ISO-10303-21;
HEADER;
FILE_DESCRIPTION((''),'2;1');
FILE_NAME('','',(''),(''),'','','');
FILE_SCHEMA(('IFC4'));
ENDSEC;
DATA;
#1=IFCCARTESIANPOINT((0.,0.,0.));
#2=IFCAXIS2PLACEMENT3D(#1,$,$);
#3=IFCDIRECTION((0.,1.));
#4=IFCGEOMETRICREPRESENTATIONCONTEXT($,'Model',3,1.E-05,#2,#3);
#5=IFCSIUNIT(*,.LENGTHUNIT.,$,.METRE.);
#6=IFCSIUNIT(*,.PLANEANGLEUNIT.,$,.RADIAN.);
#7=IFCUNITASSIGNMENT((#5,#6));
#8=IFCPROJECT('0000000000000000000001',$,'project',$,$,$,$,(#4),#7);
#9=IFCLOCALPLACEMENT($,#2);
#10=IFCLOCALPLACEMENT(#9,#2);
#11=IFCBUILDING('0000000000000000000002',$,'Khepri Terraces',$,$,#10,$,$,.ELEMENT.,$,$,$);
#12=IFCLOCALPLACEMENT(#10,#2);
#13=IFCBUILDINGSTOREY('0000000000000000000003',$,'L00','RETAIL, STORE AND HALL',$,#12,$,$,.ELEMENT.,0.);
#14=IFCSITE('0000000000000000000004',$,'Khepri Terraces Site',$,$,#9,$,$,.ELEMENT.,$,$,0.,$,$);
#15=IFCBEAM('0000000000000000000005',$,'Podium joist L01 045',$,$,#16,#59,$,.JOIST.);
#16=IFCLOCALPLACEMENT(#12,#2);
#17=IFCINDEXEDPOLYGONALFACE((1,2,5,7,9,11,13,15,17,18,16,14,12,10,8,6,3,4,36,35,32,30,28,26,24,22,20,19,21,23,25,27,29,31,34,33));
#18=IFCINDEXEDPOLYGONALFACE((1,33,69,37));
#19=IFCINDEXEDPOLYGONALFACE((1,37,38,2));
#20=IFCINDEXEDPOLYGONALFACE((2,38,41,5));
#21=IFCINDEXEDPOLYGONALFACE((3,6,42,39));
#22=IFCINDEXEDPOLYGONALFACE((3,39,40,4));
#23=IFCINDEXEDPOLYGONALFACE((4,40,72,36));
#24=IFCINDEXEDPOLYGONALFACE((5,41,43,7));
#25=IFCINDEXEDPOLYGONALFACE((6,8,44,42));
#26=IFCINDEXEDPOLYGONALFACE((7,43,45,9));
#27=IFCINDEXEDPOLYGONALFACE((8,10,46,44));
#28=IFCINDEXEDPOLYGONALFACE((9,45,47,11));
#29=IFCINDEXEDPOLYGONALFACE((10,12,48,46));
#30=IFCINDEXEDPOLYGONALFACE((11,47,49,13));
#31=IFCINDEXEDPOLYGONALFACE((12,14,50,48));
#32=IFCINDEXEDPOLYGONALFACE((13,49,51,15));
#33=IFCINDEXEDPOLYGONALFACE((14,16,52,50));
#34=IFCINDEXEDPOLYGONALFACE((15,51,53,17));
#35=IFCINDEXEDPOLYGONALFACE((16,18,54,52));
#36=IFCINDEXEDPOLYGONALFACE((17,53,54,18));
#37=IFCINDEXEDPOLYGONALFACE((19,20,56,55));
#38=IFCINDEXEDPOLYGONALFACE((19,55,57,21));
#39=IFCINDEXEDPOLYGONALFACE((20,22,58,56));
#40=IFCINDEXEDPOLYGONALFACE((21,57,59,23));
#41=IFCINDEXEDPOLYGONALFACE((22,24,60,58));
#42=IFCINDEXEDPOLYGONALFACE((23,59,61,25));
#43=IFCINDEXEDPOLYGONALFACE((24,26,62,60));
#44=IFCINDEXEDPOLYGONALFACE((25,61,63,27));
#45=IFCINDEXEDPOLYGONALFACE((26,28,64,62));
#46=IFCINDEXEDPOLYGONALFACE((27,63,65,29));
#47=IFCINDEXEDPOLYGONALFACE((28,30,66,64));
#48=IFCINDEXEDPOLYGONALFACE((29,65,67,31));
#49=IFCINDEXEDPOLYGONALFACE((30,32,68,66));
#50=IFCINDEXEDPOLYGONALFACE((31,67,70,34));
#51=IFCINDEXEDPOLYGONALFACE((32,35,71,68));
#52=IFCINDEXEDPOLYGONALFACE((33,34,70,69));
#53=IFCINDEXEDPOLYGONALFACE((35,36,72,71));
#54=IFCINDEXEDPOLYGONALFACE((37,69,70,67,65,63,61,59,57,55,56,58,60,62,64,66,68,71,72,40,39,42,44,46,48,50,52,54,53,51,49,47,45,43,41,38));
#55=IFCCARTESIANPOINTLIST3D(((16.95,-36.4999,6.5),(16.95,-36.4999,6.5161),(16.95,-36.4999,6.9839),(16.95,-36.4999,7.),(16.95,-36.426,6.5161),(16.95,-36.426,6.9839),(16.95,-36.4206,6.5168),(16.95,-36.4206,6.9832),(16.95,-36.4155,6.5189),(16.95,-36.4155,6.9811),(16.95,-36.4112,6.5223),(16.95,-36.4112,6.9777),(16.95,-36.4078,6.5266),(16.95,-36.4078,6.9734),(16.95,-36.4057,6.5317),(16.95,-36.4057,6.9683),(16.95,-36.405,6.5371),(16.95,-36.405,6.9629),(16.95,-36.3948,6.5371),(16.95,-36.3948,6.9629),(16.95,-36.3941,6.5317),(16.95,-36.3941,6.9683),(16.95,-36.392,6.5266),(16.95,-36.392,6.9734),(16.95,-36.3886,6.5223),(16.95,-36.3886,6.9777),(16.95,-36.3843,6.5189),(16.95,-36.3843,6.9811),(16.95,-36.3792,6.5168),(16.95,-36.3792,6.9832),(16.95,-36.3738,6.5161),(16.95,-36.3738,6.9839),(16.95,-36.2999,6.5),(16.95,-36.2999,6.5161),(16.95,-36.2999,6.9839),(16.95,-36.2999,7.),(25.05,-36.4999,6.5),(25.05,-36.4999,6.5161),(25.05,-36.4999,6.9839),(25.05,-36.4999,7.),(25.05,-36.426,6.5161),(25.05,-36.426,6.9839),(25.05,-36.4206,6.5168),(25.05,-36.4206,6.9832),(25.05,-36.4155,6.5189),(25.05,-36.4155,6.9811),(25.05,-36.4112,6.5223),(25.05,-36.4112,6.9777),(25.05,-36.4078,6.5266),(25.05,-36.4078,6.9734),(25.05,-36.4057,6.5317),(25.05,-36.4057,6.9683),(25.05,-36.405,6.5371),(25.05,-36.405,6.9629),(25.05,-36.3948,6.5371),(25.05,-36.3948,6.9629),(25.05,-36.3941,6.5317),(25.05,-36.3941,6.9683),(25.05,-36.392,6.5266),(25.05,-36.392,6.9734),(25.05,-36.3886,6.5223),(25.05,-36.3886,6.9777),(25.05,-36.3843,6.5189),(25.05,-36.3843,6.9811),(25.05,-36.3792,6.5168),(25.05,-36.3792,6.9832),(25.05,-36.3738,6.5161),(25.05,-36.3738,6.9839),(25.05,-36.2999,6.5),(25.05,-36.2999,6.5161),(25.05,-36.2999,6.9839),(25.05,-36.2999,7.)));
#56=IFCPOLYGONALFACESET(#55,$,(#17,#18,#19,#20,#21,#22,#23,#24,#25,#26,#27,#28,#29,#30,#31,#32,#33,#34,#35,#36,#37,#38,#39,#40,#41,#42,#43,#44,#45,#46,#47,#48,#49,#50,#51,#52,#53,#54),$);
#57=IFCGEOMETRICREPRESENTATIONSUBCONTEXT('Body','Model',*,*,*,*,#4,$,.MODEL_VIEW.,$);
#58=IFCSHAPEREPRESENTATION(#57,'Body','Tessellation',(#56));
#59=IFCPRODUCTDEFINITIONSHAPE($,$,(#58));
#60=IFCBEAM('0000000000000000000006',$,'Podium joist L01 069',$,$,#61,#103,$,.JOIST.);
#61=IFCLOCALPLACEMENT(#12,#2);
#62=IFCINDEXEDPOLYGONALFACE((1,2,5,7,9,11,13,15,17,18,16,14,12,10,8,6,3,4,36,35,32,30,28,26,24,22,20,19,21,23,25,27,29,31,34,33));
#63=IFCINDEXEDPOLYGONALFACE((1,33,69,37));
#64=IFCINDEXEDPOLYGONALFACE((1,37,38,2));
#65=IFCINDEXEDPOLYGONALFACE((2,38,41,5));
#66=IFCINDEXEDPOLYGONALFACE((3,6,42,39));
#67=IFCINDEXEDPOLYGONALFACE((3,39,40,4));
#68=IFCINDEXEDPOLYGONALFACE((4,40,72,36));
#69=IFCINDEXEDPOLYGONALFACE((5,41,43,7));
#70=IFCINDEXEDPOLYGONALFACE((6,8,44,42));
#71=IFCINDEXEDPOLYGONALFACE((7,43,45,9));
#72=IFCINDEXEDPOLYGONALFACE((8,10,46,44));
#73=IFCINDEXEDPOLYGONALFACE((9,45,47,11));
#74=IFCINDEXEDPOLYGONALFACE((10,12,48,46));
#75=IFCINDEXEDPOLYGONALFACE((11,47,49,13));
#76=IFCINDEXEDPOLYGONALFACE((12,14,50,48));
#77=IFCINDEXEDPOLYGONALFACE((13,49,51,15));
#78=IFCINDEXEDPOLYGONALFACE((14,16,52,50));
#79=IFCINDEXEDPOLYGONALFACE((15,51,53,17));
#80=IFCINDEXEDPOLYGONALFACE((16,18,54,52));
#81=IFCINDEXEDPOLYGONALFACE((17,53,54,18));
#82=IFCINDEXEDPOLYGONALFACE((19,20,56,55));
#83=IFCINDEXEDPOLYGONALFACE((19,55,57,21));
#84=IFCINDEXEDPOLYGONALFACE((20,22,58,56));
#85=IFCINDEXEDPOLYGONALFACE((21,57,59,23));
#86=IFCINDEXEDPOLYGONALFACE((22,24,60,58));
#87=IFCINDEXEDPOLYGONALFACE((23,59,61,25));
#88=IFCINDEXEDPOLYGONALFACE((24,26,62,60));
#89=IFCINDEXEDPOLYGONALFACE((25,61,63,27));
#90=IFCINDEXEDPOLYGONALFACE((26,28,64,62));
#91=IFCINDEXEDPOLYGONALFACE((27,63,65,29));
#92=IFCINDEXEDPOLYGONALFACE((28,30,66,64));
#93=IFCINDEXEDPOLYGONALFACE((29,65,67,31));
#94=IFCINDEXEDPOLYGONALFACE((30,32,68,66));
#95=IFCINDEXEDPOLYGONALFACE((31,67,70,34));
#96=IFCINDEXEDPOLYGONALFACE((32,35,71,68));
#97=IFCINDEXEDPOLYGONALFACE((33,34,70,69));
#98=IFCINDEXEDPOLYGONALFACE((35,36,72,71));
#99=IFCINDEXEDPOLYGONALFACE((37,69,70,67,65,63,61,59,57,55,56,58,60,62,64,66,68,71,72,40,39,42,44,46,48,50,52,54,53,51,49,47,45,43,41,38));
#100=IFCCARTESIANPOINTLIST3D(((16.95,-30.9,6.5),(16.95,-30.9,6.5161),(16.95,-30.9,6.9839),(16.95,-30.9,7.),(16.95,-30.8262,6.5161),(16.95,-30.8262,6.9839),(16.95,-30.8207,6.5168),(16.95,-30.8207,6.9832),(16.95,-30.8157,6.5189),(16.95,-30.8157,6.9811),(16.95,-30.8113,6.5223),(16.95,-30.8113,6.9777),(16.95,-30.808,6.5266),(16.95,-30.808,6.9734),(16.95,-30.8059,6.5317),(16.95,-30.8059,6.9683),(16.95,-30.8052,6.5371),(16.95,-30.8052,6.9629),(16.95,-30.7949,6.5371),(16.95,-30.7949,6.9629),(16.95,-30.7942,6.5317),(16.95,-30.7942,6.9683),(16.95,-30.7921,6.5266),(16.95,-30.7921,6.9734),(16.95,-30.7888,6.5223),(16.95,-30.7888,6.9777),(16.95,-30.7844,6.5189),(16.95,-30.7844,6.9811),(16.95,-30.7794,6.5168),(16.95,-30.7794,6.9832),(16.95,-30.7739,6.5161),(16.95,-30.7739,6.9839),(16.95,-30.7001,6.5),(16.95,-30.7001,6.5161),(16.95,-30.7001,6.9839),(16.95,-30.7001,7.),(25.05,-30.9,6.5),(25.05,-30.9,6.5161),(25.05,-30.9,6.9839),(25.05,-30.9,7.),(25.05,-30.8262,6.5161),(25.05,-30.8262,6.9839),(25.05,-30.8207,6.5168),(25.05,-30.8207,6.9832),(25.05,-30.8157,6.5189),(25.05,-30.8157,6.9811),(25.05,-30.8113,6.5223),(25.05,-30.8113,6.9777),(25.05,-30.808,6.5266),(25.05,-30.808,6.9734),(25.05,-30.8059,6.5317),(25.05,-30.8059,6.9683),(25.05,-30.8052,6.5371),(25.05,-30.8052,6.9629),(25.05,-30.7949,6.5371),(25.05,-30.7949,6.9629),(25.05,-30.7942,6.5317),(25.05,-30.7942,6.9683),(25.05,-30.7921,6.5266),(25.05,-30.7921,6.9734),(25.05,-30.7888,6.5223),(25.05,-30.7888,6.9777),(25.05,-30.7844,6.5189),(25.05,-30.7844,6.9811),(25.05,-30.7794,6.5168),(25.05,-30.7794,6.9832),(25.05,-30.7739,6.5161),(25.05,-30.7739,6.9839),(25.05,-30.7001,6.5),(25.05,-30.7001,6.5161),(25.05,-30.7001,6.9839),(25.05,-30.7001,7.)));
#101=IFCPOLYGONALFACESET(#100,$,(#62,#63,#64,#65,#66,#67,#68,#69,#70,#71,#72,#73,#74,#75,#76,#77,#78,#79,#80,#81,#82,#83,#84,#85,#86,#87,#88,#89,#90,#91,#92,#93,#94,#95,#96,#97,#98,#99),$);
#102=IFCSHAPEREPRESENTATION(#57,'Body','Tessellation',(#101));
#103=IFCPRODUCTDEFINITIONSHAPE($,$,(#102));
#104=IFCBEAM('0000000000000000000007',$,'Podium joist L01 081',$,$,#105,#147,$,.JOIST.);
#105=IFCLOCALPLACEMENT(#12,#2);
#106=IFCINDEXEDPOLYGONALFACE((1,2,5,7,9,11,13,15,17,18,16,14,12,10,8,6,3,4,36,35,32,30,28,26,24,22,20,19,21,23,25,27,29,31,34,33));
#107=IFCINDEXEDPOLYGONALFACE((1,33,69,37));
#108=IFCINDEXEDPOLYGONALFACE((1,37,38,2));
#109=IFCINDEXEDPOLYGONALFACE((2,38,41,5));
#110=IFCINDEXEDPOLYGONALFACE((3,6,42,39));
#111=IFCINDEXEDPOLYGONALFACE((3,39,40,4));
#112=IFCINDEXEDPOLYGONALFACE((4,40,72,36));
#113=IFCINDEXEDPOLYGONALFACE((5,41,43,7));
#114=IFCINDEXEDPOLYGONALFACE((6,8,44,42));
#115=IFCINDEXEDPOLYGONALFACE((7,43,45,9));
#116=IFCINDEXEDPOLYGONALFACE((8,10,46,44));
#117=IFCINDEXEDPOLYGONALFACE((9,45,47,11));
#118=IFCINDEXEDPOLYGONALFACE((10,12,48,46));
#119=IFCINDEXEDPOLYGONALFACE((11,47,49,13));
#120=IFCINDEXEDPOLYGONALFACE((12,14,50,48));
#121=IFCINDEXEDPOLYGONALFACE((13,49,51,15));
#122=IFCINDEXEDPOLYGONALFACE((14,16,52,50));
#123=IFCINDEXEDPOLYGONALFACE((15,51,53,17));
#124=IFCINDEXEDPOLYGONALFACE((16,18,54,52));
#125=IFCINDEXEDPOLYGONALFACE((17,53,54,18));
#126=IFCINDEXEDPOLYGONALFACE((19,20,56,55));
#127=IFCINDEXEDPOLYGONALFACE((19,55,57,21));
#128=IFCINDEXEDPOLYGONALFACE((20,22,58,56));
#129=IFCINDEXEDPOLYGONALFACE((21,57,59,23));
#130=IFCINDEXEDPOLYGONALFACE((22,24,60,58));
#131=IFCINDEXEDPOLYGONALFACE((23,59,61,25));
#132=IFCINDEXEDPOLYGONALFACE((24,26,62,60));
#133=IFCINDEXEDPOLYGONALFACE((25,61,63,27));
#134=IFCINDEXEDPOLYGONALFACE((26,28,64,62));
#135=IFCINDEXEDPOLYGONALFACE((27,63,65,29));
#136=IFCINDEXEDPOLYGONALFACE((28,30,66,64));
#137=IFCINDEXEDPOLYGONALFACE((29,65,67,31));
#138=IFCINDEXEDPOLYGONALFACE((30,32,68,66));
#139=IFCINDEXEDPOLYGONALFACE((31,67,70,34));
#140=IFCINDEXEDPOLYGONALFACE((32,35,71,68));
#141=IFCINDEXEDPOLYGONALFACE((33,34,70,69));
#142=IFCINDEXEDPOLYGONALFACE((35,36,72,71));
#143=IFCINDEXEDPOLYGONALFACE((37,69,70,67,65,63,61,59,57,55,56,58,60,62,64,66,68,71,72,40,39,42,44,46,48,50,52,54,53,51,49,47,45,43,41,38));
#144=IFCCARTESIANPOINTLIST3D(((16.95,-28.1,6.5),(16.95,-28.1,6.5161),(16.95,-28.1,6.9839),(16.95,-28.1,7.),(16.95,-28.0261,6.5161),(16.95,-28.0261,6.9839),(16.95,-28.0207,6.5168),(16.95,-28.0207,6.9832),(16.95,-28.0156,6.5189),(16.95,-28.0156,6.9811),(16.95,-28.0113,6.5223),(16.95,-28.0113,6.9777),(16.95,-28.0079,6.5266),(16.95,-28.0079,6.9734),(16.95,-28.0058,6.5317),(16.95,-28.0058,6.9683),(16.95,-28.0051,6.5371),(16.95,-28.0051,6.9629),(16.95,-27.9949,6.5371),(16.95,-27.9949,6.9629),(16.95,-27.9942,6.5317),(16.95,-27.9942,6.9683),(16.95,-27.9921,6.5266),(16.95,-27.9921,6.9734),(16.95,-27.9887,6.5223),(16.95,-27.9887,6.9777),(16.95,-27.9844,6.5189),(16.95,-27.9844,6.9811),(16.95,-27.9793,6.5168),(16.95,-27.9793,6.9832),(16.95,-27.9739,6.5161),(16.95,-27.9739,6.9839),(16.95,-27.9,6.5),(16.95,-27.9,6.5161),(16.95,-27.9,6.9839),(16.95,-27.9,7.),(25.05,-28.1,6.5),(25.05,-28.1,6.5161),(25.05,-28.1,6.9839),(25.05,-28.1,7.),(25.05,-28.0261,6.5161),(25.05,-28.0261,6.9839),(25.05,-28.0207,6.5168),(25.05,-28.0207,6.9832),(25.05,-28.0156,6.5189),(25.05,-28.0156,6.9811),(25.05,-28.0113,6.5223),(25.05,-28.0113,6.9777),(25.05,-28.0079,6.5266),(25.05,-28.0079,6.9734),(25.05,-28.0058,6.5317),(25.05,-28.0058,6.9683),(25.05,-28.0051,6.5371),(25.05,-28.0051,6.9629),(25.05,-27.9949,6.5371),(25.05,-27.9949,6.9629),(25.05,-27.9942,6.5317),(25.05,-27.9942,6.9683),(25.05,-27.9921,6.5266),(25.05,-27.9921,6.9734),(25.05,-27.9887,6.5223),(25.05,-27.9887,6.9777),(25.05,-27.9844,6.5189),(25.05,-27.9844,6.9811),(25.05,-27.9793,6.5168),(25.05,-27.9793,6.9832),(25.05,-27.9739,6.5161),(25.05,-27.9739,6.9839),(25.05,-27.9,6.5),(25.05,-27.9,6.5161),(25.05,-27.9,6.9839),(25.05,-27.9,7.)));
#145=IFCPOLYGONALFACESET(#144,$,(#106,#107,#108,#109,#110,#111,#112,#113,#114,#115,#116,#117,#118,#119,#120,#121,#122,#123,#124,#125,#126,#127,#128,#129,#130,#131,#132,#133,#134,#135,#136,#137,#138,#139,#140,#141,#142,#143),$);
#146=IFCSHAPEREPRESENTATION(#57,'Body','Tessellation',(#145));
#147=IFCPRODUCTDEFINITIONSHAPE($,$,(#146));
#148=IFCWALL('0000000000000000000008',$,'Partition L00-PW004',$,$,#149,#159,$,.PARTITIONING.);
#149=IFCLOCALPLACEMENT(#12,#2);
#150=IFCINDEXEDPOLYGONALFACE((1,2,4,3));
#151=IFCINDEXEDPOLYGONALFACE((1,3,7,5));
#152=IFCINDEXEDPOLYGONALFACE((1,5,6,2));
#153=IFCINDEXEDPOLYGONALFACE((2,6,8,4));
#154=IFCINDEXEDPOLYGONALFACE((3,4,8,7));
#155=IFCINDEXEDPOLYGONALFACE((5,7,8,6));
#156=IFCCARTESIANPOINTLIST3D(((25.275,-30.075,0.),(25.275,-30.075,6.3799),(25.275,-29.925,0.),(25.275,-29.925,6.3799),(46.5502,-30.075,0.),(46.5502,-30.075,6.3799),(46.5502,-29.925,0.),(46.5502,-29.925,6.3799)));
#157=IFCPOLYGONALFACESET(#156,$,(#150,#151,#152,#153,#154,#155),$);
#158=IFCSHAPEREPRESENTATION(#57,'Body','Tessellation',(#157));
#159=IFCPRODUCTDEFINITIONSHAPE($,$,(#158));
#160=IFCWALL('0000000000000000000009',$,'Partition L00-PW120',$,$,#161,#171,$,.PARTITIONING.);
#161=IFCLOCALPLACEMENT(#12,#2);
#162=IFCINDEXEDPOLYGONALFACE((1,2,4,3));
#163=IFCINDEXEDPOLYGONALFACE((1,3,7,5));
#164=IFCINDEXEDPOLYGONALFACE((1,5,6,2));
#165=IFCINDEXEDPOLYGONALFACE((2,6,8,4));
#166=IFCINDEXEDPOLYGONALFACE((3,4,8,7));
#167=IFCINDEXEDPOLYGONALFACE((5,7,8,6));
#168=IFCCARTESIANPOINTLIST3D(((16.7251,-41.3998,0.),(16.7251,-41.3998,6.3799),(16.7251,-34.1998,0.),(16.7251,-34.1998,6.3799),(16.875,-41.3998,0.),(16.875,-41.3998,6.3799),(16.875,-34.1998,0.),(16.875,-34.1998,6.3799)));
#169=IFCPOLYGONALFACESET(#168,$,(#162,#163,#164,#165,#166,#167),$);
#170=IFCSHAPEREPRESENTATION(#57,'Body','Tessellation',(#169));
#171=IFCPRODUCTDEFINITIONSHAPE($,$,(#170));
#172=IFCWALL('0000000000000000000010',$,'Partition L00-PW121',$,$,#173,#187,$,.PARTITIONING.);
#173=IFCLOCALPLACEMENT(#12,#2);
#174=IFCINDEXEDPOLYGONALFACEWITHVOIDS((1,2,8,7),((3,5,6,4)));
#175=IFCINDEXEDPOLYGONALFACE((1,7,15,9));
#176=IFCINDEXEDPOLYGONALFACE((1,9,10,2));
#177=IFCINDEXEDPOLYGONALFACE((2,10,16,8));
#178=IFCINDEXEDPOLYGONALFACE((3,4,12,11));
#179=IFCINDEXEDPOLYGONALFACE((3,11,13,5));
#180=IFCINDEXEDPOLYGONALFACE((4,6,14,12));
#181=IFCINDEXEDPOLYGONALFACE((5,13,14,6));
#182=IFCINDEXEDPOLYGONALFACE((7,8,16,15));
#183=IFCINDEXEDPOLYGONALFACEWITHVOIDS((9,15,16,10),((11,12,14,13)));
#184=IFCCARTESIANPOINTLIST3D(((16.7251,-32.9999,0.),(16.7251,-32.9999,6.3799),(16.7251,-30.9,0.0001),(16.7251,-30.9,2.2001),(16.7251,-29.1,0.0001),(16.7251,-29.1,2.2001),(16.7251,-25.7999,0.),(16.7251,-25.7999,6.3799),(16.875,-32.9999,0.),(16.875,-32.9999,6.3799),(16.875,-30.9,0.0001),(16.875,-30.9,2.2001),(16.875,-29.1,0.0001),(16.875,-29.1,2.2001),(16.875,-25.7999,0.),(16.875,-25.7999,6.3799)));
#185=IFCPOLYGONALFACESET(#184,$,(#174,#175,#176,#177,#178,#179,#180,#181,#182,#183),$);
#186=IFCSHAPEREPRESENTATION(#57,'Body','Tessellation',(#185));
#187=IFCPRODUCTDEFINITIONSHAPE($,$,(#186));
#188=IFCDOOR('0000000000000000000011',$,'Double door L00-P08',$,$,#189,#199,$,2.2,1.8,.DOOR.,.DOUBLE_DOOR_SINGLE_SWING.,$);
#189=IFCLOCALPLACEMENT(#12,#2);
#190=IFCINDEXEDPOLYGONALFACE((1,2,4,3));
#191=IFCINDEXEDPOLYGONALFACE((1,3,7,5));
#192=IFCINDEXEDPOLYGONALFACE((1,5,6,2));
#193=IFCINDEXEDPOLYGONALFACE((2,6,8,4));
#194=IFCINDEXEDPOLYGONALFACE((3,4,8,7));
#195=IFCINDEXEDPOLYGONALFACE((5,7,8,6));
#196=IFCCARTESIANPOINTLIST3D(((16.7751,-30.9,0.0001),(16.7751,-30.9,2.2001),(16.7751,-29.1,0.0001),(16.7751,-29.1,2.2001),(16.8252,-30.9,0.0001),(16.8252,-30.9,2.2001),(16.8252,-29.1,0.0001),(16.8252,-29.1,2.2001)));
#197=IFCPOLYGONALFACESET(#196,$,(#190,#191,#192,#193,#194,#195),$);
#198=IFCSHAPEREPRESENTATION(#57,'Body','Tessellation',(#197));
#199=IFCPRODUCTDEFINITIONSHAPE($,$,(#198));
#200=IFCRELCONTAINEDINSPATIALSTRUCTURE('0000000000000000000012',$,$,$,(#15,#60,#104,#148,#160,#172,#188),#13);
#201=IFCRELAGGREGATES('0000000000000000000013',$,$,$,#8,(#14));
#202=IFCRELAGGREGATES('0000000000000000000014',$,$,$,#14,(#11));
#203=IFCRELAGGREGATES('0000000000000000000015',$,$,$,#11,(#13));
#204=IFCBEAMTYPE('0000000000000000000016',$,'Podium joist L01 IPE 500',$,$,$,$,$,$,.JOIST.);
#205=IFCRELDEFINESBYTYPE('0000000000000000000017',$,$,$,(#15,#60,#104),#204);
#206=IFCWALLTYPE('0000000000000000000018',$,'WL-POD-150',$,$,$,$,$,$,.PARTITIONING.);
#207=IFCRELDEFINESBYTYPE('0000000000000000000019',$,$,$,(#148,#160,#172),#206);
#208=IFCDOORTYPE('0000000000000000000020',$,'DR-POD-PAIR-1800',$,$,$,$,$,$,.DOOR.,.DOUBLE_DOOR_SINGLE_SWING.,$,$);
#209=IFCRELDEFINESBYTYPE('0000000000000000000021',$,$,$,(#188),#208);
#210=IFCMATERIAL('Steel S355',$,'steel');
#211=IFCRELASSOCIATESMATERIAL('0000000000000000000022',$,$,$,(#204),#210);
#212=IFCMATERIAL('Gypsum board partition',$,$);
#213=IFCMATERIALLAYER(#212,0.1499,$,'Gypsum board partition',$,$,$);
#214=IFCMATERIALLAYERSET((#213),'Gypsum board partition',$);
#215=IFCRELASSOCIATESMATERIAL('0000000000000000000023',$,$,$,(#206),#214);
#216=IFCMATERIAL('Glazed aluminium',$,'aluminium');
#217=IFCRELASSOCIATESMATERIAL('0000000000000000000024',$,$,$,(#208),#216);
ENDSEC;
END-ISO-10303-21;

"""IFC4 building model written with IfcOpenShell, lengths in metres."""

from ifc_helpers import new_model, si_unit, direction, frame, frame_2d, origin, origin_2d, place, context, subcontext, project, spatial, rectangle, i_section, extrude, material, layer, layer_set, material_profile, profile_set, type_object, element, fill, save


model = new_model("IFC4")

# Units and contexts
model_context = context("Model", 3, precision=1e-05, world=origin(), true_north=direction((0.0, 1.0)))
body_context = subcontext(model_context, "Body", "Model", "MODEL_VIEW")
ifc_project = project(units=[si_unit("LENGTHUNIT", "METRE"), si_unit("PLANEANGLEUNIT", "RADIAN")], contexts=[model_context])

# Site, building, storey
site_placement = place(None, origin())
site = spatial("IfcSite", under=ifc_project, at=site_placement, Name="Khepri Terraces Site", CompositionType="ELEMENT", RefElevation=0.0)
building_placement = place(site_placement, origin())
building = spatial("IfcBuilding", under=site, at=building_placement, Name="Khepri Terraces", CompositionType="ELEMENT")
storey_placement = place(building_placement, origin())
storey = spatial("IfcBuildingStorey", under=building, at=storey_placement, Name="L00", Description="RETAIL, STORE AND HALL", CompositionType="ELEMENT", Elevation=0.0)

# Beams
ifc_material_1 = material(Name="Steel S355", Category="steel")
ifc_material_profile_1 = material_profile(ifc_material_1, i_section(OverallWidth=0.2, OverallDepth=0.5, WebThickness=0.0103, FlangeThickness=0.0161, FilletRadius=0.021, at=origin_2d()), Name="Steel S355", Category="steel")
ifc_profile_set_1 = profile_set([ifc_material_profile_1], Name="Steel S355")
beam_type_1 = type_object("IfcBeamType", Name="Podium joist L01 IPE 500", PredefinedType="JOIST", material=ifc_profile_set_1)
for number, where, z_axis, x_axis, name in (
    (1, (16.95, -36.3999, 6.75), (1.0, 0.0, 0.0), (0.0, 1.0, 0.0), "Podium joist L01 045"),
    (2, (16.95, -30.8, 6.75), (1.0, 0.0, 0.0), (0.0, 1.0, 0.0), "Podium joist L01 069"),
    (3, (16.95, -28.0, 6.75), (1.0, 0.0, 0.0), (0.0, 1.0, 0.0), "Podium joist L01 081"),
):
    element("IfcBeam", number, at=place(storey_placement, frame(where, z_axis=z_axis, x_axis=x_axis)), inside=storey, type_object=beam_type_1, Name=name, PredefinedType="JOIST", context=body_context, shape_type="SweptSolid", body=[
        extrude(i_section(OverallWidth=0.2, OverallDepth=0.5, WebThickness=0.0103, FlangeThickness=0.0161, FilletRadius=0.021, at=origin_2d()), origin(), (0.0, 0.0, 1.0), 8.1001),
    ])

# Walls
ifc_material_2 = material(Name="Gypsum board partition")
ifc_layer = layer(ifc_material_2, 0.1499, Name="Gypsum board partition")
ifc_layer_set = layer_set([ifc_layer], Name="Gypsum board partition")
wall_type = type_object("IfcWallType", Name="WL-POD-150", PredefinedType="PARTITIONING", material=ifc_layer_set)
wall_1_placement = place(storey_placement, frame((25.2749, -30.0, 0.0), z_axis=(0.0, 0.0, 1.0), x_axis=(1.0, 0.0, 0.0)))
element("IfcWall", 4, at=wall_1_placement, inside=storey, type_object=wall_type, Name="Partition L00-PW004", PredefinedType="PARTITIONING", context=body_context, shape_type="SweptSolid", body=[
    extrude(rectangle(XDim=21.2751, YDim=0.1499, at=frame_2d((10.6377, 0.0))), origin(), (0.0, 0.0, 1.0), 6.3799),
])
wall_2_placement = place(storey_placement, frame((16.8, -41.3999, 0.0), z_axis=(0.0, 0.0, 1.0), x_axis=(0.0, 1.0, 0.0)))
element("IfcWall", 5, at=wall_2_placement, inside=storey, type_object=wall_type, Name="Partition L00-PW120", PredefinedType="PARTITIONING", context=body_context, shape_type="SweptSolid", body=[
    extrude(rectangle(XDim=7.2, YDim=0.1499, at=frame_2d((3.6001, 0.0))), origin(), (0.0, 0.0, 1.0), 6.3799),
])

# Wall, opening, door
wall_3_placement = place(storey_placement, frame((16.8, -33.0, 0.0), z_axis=(0.0, 0.0, 1.0), x_axis=(0.0, 1.0, 0.0)))
wall_3 = element("IfcWall", 6, at=wall_3_placement, inside=storey, type_object=wall_type, Name="Partition L00-PW121", PredefinedType="PARTITIONING", context=body_context, shape_type="SweptSolid", body=[
    extrude(rectangle(XDim=7.2, YDim=0.1499, at=frame_2d((3.6001, 0.0))), origin(), (0.0, 0.0, 1.0), 6.3799),
])
opening_1_placement = place(wall_3_placement, frame((2.1001, 0.0, 0.0)))
opening_1 = element("IfcOpeningElement", 7, at=opening_1_placement, cuts=wall_3, PredefinedType="OPENING", context=body_context, shape_type="SweptSolid", body=[
    extrude(rectangle(XDim=1.8, YDim=2.2, at=frame_2d((0.8999, 1.1001))), frame((0.0, 0.085, 0.0), z_axis=(0.0, -1.0, 0.0), x_axis=(1.0, 0.0, 0.0)), (0.0, 0.0, 1.0), 0.1699),
])
ifc_material_3 = material(Name="Glazed aluminium", Category="aluminium")
door_type = type_object("IfcDoorType", Name="DR-POD-PAIR-1800", OperationType="DOUBLE_DOOR_SINGLE_SWING", PredefinedType="DOOR", material=ifc_material_3)
door_1_placement = place(opening_1_placement, origin())
door_1 = element("IfcDoor", 8, at=door_1_placement, inside=storey, type_object=door_type, Name="Double door L00-P08", OperationType="DOUBLE_DOOR_SINGLE_SWING", OverallHeight=2.2, OverallWidth=1.8, PredefinedType="DOOR", context=body_context, shape_type="SweptSolid", body=[
    extrude(rectangle(XDim=1.8, YDim=2.2, at=frame_2d((0.8999, 1.1001))), frame((0.0, 0.0249, 0.0), z_axis=(0.0, -1.0, 0.0), x_axis=(1.0, 0.0, 0.0)), (0.0, 0.0, 1.0), 0.05),
])
fill(opening_1, door_1)

save(model, "model.ifc")
